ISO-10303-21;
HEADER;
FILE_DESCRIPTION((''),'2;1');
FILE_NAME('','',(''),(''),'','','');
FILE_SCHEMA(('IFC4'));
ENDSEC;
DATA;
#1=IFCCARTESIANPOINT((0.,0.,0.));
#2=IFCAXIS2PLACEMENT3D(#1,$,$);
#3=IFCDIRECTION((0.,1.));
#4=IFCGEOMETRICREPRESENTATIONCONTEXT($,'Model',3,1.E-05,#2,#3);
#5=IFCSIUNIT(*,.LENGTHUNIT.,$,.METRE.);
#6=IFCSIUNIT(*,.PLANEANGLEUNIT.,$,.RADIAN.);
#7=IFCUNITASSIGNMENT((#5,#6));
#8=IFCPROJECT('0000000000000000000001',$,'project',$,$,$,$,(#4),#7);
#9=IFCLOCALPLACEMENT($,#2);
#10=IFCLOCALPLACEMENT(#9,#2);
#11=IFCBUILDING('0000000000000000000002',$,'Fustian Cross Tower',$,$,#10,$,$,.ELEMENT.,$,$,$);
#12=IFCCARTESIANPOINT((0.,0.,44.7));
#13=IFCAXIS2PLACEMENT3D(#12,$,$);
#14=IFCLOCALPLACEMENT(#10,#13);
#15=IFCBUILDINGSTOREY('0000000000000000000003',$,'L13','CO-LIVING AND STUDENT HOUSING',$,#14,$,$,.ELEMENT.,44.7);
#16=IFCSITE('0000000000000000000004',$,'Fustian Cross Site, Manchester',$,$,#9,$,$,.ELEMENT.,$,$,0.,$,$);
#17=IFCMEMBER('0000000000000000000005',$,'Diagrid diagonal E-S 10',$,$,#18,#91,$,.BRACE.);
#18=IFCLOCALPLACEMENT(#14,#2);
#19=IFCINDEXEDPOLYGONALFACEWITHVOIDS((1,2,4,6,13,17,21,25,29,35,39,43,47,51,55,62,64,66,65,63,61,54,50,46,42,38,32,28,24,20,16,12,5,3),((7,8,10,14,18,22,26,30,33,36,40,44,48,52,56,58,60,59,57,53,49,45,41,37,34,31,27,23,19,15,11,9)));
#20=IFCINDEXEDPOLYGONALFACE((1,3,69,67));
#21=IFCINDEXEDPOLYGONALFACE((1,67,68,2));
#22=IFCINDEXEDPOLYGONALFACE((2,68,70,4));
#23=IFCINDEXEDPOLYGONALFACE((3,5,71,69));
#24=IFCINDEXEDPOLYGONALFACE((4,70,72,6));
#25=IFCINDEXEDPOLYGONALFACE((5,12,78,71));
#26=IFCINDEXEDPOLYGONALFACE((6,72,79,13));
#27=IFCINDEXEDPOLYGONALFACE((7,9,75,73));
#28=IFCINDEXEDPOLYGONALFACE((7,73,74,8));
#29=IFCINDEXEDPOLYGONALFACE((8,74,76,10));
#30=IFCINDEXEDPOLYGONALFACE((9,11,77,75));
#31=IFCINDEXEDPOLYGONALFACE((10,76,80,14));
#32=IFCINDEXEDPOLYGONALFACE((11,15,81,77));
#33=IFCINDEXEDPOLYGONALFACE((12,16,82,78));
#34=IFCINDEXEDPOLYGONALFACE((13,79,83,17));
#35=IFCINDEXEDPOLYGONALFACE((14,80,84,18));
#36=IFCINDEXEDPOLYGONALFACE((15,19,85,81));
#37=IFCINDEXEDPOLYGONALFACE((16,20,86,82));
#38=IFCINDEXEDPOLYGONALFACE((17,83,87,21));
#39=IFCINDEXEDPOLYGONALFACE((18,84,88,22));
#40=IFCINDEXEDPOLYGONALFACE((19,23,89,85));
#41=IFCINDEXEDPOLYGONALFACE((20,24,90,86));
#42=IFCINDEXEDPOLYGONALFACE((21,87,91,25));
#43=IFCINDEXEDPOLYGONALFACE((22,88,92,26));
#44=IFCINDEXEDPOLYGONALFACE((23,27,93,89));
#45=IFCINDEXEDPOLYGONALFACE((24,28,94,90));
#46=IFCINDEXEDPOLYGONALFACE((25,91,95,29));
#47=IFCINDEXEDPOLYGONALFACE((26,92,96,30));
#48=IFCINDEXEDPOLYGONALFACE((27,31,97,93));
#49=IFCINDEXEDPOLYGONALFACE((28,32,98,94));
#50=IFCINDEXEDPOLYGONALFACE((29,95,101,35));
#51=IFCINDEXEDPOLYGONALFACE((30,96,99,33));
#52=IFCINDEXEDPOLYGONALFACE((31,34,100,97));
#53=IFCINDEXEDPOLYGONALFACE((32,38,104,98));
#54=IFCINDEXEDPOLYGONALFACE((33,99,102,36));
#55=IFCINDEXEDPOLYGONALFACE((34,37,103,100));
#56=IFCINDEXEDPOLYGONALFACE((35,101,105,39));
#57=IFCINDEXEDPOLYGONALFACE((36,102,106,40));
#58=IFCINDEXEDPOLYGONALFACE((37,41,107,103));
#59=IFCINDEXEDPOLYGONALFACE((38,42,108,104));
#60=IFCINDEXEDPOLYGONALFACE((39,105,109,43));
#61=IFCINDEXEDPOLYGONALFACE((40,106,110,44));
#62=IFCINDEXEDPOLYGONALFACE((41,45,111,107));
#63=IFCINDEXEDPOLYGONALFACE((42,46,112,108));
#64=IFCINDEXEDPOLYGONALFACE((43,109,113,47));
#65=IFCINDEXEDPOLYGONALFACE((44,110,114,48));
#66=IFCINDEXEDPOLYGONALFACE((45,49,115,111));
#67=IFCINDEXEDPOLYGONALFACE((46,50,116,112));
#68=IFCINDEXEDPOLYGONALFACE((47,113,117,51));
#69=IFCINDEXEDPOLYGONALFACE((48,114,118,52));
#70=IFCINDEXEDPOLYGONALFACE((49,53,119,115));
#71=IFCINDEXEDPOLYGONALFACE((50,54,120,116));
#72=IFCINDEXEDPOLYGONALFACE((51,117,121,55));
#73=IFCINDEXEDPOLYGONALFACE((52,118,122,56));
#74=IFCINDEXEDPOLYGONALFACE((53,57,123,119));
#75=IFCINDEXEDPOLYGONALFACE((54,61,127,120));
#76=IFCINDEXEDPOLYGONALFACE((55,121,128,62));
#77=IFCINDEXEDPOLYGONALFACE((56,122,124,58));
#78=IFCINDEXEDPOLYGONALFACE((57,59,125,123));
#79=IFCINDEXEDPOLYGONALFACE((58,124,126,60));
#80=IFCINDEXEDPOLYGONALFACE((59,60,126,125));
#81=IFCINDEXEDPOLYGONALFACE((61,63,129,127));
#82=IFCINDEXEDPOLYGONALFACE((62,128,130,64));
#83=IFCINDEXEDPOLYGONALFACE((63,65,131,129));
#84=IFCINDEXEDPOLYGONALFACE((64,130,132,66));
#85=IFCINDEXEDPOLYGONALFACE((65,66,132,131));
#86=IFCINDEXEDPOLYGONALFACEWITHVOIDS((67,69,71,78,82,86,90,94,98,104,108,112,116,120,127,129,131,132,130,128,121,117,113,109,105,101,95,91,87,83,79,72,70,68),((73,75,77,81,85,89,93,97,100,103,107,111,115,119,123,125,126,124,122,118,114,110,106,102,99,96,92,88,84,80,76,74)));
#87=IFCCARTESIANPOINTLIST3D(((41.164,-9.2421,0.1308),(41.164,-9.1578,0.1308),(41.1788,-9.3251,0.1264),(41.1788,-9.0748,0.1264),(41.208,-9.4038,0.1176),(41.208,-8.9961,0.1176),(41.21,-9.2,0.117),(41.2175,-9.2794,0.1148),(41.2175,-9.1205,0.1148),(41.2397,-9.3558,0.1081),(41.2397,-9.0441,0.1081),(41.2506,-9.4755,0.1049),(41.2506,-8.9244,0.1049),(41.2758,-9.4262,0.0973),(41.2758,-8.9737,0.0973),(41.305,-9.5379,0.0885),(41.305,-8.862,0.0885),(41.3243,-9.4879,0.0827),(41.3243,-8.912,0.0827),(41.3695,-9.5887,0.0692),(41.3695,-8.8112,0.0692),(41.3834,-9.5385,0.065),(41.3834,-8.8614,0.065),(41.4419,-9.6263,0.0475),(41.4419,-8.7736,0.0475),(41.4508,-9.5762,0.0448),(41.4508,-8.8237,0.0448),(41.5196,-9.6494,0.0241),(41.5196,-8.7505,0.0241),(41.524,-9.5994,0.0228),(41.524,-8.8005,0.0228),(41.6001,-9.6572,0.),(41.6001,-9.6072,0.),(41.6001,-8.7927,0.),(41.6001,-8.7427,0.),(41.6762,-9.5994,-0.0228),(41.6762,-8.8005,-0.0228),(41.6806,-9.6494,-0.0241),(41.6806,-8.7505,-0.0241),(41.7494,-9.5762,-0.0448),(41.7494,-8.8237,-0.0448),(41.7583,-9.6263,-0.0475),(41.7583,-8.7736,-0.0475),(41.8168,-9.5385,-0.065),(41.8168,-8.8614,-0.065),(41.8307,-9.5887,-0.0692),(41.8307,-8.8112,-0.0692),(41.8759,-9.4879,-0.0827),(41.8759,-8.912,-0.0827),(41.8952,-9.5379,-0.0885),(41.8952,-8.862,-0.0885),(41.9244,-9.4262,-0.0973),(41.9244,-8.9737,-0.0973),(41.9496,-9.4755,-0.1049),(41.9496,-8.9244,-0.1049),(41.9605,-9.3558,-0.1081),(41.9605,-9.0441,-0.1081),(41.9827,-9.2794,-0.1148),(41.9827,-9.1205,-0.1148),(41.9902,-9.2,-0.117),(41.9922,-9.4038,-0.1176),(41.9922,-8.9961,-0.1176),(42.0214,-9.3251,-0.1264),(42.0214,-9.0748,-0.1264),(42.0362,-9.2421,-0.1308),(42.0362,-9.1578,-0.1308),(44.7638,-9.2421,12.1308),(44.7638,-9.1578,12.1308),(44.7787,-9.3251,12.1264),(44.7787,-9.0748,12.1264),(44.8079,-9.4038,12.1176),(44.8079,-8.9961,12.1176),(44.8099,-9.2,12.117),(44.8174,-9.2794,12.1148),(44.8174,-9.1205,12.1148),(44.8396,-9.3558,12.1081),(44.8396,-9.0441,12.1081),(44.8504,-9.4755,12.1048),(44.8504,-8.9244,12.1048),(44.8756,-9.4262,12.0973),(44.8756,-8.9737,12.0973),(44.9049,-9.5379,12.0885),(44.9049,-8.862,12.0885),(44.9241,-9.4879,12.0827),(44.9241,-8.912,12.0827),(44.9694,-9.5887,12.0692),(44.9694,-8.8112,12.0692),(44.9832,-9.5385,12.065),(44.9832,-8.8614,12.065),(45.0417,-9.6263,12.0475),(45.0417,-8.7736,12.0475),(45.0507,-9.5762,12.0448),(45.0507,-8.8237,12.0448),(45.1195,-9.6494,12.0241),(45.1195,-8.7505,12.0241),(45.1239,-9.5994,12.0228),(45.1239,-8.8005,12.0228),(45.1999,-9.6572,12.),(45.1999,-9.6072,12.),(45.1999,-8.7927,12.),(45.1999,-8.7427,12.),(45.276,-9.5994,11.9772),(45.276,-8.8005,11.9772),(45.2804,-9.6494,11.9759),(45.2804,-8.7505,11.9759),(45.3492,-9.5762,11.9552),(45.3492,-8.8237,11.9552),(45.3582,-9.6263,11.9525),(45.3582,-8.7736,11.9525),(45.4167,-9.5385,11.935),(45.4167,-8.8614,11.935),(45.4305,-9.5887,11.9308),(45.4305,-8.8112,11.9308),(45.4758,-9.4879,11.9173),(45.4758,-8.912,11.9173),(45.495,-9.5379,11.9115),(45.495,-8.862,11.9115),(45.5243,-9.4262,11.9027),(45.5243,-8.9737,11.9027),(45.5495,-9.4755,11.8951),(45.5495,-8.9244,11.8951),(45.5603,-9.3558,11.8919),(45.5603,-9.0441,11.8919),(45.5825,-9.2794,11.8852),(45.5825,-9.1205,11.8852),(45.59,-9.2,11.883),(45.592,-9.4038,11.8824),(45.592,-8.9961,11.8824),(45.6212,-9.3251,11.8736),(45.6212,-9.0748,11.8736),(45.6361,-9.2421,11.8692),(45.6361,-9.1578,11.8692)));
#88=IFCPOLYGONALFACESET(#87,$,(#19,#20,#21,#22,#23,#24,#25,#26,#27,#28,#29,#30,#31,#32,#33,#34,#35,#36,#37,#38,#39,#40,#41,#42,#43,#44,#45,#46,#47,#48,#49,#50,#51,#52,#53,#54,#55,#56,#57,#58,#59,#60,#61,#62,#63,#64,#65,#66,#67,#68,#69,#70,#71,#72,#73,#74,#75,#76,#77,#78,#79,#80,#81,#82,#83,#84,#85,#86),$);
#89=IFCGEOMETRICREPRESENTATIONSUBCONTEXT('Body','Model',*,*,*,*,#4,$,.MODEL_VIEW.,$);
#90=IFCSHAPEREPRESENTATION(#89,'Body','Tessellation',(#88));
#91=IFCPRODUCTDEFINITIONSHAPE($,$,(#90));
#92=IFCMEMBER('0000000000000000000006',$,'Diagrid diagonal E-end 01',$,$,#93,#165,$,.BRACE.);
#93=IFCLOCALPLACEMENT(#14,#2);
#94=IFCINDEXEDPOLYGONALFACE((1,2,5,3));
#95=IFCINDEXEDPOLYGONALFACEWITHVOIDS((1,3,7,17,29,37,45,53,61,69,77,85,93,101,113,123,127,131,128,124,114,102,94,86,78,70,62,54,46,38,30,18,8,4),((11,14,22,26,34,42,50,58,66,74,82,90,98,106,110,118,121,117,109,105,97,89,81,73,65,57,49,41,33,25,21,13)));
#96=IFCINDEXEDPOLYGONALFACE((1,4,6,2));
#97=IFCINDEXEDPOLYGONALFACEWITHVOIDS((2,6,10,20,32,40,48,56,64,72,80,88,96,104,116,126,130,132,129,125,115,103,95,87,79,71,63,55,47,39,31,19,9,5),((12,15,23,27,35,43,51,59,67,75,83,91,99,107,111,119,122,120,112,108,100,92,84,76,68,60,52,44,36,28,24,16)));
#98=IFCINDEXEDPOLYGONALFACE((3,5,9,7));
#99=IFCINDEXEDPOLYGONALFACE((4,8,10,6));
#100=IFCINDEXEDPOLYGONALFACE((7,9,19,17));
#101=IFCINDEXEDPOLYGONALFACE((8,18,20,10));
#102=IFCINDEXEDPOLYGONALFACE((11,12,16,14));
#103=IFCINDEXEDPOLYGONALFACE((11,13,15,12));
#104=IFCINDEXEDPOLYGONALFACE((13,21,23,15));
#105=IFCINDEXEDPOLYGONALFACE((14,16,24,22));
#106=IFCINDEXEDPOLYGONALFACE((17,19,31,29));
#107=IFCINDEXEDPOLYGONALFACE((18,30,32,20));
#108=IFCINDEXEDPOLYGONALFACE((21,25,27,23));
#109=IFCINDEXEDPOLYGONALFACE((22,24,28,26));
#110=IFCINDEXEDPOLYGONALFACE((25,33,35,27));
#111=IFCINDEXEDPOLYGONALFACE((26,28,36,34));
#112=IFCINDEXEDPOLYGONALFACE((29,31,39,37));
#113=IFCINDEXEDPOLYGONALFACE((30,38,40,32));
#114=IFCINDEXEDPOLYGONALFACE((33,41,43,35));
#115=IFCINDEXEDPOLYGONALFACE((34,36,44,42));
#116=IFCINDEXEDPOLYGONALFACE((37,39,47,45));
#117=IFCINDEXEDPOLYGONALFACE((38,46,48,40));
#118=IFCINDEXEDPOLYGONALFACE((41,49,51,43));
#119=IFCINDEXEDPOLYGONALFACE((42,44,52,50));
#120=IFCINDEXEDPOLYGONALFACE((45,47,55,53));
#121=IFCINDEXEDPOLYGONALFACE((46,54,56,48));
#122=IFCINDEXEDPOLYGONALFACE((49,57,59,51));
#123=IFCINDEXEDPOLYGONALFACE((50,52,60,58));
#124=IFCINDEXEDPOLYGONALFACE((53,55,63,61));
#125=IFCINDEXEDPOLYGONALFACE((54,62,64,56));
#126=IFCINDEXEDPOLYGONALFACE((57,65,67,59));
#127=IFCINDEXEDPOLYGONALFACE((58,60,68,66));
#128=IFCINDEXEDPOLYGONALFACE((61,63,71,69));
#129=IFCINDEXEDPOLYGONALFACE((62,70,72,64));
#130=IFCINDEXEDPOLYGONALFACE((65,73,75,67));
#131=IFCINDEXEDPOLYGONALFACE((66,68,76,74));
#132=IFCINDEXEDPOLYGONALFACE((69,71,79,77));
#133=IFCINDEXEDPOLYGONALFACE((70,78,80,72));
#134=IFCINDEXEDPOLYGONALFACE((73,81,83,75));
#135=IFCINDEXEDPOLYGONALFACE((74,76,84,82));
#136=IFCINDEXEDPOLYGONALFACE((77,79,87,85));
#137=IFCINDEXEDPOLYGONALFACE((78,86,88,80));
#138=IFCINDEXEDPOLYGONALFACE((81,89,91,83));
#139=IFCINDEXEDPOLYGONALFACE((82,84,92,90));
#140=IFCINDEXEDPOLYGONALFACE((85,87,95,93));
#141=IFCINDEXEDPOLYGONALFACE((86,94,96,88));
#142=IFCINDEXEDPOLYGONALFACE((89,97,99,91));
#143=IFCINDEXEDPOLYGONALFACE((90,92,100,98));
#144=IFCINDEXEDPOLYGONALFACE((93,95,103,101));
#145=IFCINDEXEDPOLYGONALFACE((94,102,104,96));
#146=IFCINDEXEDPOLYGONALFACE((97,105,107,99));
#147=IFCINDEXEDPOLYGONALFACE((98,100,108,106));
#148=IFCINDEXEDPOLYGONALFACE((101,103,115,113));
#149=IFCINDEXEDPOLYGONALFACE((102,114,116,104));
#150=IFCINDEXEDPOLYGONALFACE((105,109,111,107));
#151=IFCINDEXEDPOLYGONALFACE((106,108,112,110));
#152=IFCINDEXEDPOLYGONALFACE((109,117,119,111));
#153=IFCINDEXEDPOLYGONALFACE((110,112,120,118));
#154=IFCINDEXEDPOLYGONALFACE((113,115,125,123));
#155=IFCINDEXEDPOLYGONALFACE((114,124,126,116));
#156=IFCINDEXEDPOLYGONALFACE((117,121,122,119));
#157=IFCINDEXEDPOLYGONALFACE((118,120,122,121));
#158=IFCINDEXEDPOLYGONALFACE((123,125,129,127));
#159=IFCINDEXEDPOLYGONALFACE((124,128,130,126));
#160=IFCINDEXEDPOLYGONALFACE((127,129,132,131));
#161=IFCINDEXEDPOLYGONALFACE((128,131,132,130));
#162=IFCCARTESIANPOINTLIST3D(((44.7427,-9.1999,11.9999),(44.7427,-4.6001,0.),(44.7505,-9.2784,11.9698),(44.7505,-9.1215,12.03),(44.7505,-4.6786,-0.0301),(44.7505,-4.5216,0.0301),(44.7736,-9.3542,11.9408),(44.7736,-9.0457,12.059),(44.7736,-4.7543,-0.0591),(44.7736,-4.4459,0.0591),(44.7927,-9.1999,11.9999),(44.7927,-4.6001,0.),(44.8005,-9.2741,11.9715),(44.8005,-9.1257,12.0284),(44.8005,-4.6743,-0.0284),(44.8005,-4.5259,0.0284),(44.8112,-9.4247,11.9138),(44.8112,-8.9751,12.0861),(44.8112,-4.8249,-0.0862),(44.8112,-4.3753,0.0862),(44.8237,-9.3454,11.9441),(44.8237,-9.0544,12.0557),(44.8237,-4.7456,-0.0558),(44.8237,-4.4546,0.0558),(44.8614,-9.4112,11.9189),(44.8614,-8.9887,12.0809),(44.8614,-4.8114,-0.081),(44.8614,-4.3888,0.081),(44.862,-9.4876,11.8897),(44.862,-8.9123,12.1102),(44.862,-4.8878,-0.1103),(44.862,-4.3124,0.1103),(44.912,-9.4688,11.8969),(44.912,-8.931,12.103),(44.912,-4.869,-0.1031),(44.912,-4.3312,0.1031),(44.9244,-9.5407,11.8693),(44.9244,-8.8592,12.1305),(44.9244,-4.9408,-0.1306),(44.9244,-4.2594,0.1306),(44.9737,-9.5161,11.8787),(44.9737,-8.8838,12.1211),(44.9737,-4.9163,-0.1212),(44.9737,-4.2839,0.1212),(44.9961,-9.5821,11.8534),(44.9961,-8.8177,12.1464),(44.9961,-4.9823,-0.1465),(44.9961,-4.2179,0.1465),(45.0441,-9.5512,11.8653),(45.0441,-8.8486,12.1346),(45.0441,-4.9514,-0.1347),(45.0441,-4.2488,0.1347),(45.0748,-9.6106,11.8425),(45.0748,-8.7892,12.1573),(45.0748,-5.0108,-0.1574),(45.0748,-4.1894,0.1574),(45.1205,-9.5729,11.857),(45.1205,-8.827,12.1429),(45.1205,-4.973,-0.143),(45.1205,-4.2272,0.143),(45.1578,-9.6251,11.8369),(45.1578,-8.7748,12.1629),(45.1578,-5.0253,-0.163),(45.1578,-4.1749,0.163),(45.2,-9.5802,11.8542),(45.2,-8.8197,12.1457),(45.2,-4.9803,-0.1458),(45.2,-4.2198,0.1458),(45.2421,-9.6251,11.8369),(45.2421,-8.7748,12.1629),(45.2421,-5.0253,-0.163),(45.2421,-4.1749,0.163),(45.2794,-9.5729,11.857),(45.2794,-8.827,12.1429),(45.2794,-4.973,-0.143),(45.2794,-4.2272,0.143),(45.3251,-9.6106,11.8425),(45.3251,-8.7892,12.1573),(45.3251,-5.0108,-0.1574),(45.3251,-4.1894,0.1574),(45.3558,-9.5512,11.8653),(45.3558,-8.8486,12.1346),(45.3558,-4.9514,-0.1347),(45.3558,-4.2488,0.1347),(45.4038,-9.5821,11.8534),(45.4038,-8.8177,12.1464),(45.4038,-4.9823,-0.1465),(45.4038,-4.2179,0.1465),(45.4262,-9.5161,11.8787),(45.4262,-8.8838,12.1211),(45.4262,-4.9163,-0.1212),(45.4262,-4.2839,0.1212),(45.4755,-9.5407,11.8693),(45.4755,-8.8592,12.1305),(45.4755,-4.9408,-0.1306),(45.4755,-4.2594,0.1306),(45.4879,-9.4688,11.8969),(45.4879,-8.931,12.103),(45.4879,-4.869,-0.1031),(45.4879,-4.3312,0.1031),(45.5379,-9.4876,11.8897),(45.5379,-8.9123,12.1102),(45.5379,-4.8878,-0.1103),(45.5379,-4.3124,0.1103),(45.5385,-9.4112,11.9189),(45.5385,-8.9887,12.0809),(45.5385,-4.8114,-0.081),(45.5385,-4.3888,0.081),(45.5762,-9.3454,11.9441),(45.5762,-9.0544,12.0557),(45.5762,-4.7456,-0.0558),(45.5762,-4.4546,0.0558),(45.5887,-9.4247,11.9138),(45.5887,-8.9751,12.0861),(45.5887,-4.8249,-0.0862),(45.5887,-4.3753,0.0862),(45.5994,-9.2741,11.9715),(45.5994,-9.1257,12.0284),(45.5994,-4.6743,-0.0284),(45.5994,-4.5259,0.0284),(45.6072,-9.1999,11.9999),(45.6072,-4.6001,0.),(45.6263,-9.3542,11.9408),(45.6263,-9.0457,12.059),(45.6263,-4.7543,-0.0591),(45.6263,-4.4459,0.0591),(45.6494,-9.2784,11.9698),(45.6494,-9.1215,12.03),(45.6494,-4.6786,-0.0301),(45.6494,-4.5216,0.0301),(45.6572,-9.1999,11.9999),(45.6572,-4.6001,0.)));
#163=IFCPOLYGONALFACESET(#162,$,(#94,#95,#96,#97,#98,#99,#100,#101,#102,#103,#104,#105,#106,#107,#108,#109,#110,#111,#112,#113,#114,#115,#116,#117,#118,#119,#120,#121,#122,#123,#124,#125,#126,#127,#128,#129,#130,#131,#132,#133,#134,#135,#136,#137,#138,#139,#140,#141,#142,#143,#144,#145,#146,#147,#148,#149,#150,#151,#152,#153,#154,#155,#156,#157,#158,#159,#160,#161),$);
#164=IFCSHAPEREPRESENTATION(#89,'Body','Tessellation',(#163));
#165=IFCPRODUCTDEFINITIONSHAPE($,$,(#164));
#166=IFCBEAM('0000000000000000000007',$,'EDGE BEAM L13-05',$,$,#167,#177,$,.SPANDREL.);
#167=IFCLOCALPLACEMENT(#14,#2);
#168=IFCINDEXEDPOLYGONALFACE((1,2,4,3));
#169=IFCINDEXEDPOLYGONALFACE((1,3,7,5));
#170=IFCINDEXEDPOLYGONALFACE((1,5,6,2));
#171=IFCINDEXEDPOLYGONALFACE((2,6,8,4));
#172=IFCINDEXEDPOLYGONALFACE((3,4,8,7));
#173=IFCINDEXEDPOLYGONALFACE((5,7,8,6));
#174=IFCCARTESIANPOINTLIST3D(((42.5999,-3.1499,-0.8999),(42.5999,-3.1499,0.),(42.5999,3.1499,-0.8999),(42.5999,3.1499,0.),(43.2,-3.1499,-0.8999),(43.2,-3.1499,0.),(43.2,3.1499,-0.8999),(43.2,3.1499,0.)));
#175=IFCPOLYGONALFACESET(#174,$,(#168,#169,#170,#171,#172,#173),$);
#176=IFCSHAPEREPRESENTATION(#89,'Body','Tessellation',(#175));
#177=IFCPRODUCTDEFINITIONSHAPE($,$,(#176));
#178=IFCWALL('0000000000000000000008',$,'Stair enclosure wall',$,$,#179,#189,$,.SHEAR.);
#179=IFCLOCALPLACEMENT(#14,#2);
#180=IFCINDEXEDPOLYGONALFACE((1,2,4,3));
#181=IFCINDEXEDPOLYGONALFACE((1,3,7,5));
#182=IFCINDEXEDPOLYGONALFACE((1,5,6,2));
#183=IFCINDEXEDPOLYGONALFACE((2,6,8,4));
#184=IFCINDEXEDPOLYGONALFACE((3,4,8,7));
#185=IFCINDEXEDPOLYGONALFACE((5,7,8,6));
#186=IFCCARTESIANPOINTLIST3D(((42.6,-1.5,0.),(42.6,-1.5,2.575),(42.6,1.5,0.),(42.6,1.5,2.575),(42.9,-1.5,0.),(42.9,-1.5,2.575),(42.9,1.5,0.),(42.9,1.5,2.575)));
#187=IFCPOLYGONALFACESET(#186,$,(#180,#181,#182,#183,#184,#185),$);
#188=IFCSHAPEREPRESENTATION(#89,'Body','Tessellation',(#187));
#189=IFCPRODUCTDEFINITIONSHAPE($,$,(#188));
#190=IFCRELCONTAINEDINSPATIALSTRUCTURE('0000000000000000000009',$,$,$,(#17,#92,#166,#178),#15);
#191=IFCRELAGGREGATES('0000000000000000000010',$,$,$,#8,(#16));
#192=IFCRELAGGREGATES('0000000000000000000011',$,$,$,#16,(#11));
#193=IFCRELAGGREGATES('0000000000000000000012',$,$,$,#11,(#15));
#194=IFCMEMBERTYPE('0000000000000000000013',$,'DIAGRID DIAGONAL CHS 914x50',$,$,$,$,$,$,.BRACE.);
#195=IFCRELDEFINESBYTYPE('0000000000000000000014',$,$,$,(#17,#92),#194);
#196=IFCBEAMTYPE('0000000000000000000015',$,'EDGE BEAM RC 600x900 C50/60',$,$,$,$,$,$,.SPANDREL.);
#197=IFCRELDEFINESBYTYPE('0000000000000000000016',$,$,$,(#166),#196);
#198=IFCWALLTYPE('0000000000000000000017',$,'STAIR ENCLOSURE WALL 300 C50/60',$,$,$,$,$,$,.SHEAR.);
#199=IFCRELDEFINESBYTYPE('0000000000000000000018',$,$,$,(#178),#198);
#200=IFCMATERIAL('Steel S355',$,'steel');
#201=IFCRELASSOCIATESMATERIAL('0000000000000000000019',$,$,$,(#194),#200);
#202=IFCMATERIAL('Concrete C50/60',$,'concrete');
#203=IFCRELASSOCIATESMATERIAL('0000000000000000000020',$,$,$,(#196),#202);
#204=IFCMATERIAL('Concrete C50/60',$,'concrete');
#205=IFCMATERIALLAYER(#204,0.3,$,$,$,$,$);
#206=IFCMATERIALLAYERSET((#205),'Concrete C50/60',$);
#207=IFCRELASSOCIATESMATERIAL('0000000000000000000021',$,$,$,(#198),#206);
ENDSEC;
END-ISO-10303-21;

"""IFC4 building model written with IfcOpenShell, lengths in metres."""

from ifc_helpers import new_model, si_unit, direction, frame, frame_2d, origin, origin_2d, place, context, subcontext, project, spatial, rectangle, hollow_circle, extrude, material, layer, layer_set, material_profile, profile_set, type_object, element, save


model = new_model("IFC4")

# Units and contexts
model_context = context("Model", 3, precision=1e-05, world=origin(), true_north=direction((0.0, 1.0)))
body_context = subcontext(model_context, "Body", "Model", "MODEL_VIEW")
ifc_project = project(units=[si_unit("LENGTHUNIT", "METRE"), si_unit("PLANEANGLEUNIT", "RADIAN")], contexts=[model_context])

# Site, building, storey
site_placement = place(None, origin())
site = spatial("IfcSite", under=ifc_project, at=site_placement, Name="Fustian Cross Site, Manchester", CompositionType="ELEMENT", RefElevation=0.0)
building_placement = place(site_placement, origin())
building = spatial("IfcBuilding", under=site, at=building_placement, Name="Fustian Cross Tower", CompositionType="ELEMENT")
storey_placement = place(building_placement, frame((0.0, 0.0, 44.7)))
storey = spatial("IfcBuildingStorey", under=building, at=storey_placement, Name="L13", Description="CO-LIVING AND STUDENT HOUSING", CompositionType="ELEMENT", Elevation=44.7)

# Members
ifc_material_1 = material(Name="Steel S355", Category="steel")
ifc_material_profile_1 = material_profile(ifc_material_1, hollow_circle(Radius=0.4573, WallThickness=0.05, at=origin_2d()), Name="CHS 914x50")
ifc_profile_set_1 = profile_set([ifc_material_profile_1], Name="Steel S355")
member_type_1 = type_object("IfcMemberType", Name="DIAGRID DIAGONAL CHS 914x50", PredefinedType="BRACE", material=ifc_profile_set_1)
member_1_placement = place(storey_placement, frame((41.6001, -9.2, 0.0), z_axis=(0.287337, 0.0, 0.95783), x_axis=(0.0, 1.0, 0.0)))
element("IfcMember", 1, at=member_1_placement, inside=storey, type_object=member_type_1, Name="Diagrid diagonal E-S 10", PredefinedType="BRACE", context=body_context, shape_type="SweptSolid", body=[
    extrude(hollow_circle(Radius=0.4573, WallThickness=0.05, at=origin_2d()), origin(), (0.0, 0.0, 1.0), 12.5283),
])
member_2_placement = place(storey_placement, frame((45.2, -4.6001, 0.0), z_axis=(0.0, -0.357926, 0.93375), x_axis=(1.0, 0.0, 0.0)))
element("IfcMember", 2, at=member_2_placement, inside=storey, type_object=member_type_1, Name="Diagrid diagonal E-end 01", PredefinedType="BRACE", context=body_context, shape_type="SweptSolid", body=[
    extrude(hollow_circle(Radius=0.4573, WallThickness=0.05, at=origin_2d()), origin(), (0.0, 0.0, 1.0), 12.8513),
])

# Beam
ifc_material_2 = material(Name="Concrete C50/60", Category="concrete")
ifc_material_profile_2 = material_profile(ifc_material_2, rectangle(XDim=0.6001, YDim=0.8999, at=origin_2d()), Name="RC 600x900")
ifc_profile_set_2 = profile_set([ifc_material_profile_2], Name="Concrete C50/60")
beam_type = type_object("IfcBeamType", Name="EDGE BEAM RC 600x900 C50/60", PredefinedType="SPANDREL", material=ifc_profile_set_2)
beam_placement = place(storey_placement, frame((42.8999, -3.1499, -0.45), z_axis=(0.0, 1.0, 0.0), x_axis=(-1.0, 0.0, 0.0)))
element("IfcBeam", 3, at=beam_placement, inside=storey, type_object=beam_type, Name="EDGE BEAM L13-05", PredefinedType="SPANDREL", context=body_context, shape_type="SweptSolid", body=[
    extrude(rectangle(XDim=0.6001, YDim=0.8999, at=origin_2d()), origin(), (0.0, 0.0, 1.0), 6.2998),
])

# Wall
ifc_material_3 = material(Name="Concrete C50/60", Category="concrete")
ifc_layer_1 = layer(ifc_material_3, 0.3)
ifc_layer_set_1 = layer_set([ifc_layer_1], Name="Concrete C50/60")
wall_type_1 = type_object("IfcWallType", Name="STAIR ENCLOSURE WALL 300 C50/60", PredefinedType="SHEAR", material=ifc_layer_set_1)
wall_1_placement = place(storey_placement, frame((42.75, -1.5, 0.0), z_axis=(0.0, 0.0, 1.0), x_axis=(0.0, 1.0, 0.0)))
element("IfcWall", 4, at=wall_1_placement, inside=storey, type_object=wall_type_1, Name="Stair enclosure wall", PredefinedType="SHEAR", context=body_context, shape_type="SweptSolid", body=[
    extrude(rectangle(XDim=3.0, YDim=0.3, at=frame_2d((1.5, 0.0))), origin(), (0.0, 0.0, 1.0), 2.575),
])

save(model, "model.ifc")
